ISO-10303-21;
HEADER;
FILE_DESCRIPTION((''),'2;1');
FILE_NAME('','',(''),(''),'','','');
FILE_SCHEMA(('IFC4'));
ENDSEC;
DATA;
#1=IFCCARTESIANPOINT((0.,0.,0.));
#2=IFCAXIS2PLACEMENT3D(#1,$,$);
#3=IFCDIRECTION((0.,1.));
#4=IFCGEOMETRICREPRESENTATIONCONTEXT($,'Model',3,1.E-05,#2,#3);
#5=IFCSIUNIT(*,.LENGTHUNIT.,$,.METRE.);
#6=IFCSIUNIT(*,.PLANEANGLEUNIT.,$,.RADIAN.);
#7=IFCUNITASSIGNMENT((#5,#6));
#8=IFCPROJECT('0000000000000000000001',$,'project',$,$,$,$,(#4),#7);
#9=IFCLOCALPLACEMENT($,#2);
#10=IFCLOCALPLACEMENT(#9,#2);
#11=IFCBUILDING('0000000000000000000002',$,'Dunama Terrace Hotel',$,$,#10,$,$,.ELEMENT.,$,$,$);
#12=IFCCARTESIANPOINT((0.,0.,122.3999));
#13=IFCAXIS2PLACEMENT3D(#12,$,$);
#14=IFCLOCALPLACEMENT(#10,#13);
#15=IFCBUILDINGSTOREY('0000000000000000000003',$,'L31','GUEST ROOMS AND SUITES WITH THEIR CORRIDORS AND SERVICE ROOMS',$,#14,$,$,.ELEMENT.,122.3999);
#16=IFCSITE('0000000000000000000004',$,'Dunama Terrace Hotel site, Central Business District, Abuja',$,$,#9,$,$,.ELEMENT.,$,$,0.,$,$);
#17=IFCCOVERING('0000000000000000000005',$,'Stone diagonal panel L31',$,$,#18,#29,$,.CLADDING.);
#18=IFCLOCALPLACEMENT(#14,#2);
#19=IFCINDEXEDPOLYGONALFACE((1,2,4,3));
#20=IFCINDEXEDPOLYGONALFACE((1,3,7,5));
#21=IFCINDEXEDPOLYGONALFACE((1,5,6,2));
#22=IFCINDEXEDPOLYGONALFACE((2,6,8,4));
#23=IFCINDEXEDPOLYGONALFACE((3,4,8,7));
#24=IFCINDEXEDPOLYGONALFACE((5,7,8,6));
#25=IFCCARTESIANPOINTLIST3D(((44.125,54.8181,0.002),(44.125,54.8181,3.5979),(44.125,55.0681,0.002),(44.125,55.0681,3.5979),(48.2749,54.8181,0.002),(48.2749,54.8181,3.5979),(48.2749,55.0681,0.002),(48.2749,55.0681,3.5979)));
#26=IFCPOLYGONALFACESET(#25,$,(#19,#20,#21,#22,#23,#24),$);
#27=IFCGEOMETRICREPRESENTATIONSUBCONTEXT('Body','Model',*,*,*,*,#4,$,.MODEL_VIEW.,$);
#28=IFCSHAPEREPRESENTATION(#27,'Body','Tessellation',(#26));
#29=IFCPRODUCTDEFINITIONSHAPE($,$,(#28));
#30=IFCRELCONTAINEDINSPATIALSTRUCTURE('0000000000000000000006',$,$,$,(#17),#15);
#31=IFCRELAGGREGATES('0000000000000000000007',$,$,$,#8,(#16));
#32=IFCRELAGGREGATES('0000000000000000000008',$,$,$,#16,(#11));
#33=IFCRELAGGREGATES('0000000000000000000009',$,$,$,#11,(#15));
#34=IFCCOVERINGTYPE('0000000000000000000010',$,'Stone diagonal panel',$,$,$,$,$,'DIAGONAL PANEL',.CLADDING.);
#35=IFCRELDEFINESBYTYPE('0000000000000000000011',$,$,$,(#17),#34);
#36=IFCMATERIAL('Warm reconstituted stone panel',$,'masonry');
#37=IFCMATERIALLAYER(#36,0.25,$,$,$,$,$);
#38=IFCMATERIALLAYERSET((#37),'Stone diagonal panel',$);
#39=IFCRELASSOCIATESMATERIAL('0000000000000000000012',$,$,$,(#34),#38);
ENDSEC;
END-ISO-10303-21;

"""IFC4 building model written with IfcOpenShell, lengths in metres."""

from ifc_helpers import new_model, si_unit, direction, frame, origin, origin_2d, place, context, subcontext, project, spatial, rectangle, extrude, material, layer, layer_set, type_object, element, save


model = new_model("IFC4")

# Units and contexts
model_context = context("Model", 3, precision=1e-05, world=origin(), true_north=direction((0.0, 1.0)))
body_context = subcontext(model_context, "Body", "Model", "MODEL_VIEW")
ifc_project = project(units=[si_unit("LENGTHUNIT", "METRE"), si_unit("PLANEANGLEUNIT", "RADIAN")], contexts=[model_context])

# Site, building, storey
site_placement = place(None, origin())
site = spatial("IfcSite", under=ifc_project, at=site_placement, Name="Dunama Terrace Hotel site, Central Business District, Abuja", CompositionType="ELEMENT", RefElevation=0.0)
building_placement = place(site_placement, origin())
building = spatial("IfcBuilding", under=site, at=building_placement, Name="Dunama Terrace Hotel", CompositionType="ELEMENT")
storey_placement = place(building_placement, frame((0.0, 0.0, 122.3999)))
storey = spatial("IfcBuildingStorey", under=building, at=storey_placement, Name="L31", Description="GUEST ROOMS AND SUITES WITH THEIR CORRIDORS AND SERVICE ROOMS", CompositionType="ELEMENT", Elevation=122.3999)

# Covering
ifc_material_1 = material(Name="Warm reconstituted stone panel", Category="masonry")
ifc_layer_1 = layer(ifc_material_1, 0.25)
ifc_layer_set_1 = layer_set([ifc_layer_1], Name="Stone diagonal panel")
covering_type = type_object("IfcCoveringType", Name="Stone diagonal panel", ElementType="DIAGONAL PANEL", PredefinedType="CLADDING", material=ifc_layer_set_1)
covering_1_placement = place(storey_placement, frame((46.2, 54.9431, 0.002), z_axis=(0.0, 0.0, 1.0), x_axis=(-1.0, 0.0, 0.0)))
element("IfcCovering", 1, at=covering_1_placement, inside=storey, type_object=covering_type, Name="Stone diagonal panel L31", PredefinedType="CLADDING", context=body_context, shape_type="SweptSolid", body=[
    extrude(rectangle(XDim=4.1499, YDim=0.25, at=origin_2d()), origin(), (0.0, 0.0, 1.0), 3.5959),
])

save(model, "model.ifc")
